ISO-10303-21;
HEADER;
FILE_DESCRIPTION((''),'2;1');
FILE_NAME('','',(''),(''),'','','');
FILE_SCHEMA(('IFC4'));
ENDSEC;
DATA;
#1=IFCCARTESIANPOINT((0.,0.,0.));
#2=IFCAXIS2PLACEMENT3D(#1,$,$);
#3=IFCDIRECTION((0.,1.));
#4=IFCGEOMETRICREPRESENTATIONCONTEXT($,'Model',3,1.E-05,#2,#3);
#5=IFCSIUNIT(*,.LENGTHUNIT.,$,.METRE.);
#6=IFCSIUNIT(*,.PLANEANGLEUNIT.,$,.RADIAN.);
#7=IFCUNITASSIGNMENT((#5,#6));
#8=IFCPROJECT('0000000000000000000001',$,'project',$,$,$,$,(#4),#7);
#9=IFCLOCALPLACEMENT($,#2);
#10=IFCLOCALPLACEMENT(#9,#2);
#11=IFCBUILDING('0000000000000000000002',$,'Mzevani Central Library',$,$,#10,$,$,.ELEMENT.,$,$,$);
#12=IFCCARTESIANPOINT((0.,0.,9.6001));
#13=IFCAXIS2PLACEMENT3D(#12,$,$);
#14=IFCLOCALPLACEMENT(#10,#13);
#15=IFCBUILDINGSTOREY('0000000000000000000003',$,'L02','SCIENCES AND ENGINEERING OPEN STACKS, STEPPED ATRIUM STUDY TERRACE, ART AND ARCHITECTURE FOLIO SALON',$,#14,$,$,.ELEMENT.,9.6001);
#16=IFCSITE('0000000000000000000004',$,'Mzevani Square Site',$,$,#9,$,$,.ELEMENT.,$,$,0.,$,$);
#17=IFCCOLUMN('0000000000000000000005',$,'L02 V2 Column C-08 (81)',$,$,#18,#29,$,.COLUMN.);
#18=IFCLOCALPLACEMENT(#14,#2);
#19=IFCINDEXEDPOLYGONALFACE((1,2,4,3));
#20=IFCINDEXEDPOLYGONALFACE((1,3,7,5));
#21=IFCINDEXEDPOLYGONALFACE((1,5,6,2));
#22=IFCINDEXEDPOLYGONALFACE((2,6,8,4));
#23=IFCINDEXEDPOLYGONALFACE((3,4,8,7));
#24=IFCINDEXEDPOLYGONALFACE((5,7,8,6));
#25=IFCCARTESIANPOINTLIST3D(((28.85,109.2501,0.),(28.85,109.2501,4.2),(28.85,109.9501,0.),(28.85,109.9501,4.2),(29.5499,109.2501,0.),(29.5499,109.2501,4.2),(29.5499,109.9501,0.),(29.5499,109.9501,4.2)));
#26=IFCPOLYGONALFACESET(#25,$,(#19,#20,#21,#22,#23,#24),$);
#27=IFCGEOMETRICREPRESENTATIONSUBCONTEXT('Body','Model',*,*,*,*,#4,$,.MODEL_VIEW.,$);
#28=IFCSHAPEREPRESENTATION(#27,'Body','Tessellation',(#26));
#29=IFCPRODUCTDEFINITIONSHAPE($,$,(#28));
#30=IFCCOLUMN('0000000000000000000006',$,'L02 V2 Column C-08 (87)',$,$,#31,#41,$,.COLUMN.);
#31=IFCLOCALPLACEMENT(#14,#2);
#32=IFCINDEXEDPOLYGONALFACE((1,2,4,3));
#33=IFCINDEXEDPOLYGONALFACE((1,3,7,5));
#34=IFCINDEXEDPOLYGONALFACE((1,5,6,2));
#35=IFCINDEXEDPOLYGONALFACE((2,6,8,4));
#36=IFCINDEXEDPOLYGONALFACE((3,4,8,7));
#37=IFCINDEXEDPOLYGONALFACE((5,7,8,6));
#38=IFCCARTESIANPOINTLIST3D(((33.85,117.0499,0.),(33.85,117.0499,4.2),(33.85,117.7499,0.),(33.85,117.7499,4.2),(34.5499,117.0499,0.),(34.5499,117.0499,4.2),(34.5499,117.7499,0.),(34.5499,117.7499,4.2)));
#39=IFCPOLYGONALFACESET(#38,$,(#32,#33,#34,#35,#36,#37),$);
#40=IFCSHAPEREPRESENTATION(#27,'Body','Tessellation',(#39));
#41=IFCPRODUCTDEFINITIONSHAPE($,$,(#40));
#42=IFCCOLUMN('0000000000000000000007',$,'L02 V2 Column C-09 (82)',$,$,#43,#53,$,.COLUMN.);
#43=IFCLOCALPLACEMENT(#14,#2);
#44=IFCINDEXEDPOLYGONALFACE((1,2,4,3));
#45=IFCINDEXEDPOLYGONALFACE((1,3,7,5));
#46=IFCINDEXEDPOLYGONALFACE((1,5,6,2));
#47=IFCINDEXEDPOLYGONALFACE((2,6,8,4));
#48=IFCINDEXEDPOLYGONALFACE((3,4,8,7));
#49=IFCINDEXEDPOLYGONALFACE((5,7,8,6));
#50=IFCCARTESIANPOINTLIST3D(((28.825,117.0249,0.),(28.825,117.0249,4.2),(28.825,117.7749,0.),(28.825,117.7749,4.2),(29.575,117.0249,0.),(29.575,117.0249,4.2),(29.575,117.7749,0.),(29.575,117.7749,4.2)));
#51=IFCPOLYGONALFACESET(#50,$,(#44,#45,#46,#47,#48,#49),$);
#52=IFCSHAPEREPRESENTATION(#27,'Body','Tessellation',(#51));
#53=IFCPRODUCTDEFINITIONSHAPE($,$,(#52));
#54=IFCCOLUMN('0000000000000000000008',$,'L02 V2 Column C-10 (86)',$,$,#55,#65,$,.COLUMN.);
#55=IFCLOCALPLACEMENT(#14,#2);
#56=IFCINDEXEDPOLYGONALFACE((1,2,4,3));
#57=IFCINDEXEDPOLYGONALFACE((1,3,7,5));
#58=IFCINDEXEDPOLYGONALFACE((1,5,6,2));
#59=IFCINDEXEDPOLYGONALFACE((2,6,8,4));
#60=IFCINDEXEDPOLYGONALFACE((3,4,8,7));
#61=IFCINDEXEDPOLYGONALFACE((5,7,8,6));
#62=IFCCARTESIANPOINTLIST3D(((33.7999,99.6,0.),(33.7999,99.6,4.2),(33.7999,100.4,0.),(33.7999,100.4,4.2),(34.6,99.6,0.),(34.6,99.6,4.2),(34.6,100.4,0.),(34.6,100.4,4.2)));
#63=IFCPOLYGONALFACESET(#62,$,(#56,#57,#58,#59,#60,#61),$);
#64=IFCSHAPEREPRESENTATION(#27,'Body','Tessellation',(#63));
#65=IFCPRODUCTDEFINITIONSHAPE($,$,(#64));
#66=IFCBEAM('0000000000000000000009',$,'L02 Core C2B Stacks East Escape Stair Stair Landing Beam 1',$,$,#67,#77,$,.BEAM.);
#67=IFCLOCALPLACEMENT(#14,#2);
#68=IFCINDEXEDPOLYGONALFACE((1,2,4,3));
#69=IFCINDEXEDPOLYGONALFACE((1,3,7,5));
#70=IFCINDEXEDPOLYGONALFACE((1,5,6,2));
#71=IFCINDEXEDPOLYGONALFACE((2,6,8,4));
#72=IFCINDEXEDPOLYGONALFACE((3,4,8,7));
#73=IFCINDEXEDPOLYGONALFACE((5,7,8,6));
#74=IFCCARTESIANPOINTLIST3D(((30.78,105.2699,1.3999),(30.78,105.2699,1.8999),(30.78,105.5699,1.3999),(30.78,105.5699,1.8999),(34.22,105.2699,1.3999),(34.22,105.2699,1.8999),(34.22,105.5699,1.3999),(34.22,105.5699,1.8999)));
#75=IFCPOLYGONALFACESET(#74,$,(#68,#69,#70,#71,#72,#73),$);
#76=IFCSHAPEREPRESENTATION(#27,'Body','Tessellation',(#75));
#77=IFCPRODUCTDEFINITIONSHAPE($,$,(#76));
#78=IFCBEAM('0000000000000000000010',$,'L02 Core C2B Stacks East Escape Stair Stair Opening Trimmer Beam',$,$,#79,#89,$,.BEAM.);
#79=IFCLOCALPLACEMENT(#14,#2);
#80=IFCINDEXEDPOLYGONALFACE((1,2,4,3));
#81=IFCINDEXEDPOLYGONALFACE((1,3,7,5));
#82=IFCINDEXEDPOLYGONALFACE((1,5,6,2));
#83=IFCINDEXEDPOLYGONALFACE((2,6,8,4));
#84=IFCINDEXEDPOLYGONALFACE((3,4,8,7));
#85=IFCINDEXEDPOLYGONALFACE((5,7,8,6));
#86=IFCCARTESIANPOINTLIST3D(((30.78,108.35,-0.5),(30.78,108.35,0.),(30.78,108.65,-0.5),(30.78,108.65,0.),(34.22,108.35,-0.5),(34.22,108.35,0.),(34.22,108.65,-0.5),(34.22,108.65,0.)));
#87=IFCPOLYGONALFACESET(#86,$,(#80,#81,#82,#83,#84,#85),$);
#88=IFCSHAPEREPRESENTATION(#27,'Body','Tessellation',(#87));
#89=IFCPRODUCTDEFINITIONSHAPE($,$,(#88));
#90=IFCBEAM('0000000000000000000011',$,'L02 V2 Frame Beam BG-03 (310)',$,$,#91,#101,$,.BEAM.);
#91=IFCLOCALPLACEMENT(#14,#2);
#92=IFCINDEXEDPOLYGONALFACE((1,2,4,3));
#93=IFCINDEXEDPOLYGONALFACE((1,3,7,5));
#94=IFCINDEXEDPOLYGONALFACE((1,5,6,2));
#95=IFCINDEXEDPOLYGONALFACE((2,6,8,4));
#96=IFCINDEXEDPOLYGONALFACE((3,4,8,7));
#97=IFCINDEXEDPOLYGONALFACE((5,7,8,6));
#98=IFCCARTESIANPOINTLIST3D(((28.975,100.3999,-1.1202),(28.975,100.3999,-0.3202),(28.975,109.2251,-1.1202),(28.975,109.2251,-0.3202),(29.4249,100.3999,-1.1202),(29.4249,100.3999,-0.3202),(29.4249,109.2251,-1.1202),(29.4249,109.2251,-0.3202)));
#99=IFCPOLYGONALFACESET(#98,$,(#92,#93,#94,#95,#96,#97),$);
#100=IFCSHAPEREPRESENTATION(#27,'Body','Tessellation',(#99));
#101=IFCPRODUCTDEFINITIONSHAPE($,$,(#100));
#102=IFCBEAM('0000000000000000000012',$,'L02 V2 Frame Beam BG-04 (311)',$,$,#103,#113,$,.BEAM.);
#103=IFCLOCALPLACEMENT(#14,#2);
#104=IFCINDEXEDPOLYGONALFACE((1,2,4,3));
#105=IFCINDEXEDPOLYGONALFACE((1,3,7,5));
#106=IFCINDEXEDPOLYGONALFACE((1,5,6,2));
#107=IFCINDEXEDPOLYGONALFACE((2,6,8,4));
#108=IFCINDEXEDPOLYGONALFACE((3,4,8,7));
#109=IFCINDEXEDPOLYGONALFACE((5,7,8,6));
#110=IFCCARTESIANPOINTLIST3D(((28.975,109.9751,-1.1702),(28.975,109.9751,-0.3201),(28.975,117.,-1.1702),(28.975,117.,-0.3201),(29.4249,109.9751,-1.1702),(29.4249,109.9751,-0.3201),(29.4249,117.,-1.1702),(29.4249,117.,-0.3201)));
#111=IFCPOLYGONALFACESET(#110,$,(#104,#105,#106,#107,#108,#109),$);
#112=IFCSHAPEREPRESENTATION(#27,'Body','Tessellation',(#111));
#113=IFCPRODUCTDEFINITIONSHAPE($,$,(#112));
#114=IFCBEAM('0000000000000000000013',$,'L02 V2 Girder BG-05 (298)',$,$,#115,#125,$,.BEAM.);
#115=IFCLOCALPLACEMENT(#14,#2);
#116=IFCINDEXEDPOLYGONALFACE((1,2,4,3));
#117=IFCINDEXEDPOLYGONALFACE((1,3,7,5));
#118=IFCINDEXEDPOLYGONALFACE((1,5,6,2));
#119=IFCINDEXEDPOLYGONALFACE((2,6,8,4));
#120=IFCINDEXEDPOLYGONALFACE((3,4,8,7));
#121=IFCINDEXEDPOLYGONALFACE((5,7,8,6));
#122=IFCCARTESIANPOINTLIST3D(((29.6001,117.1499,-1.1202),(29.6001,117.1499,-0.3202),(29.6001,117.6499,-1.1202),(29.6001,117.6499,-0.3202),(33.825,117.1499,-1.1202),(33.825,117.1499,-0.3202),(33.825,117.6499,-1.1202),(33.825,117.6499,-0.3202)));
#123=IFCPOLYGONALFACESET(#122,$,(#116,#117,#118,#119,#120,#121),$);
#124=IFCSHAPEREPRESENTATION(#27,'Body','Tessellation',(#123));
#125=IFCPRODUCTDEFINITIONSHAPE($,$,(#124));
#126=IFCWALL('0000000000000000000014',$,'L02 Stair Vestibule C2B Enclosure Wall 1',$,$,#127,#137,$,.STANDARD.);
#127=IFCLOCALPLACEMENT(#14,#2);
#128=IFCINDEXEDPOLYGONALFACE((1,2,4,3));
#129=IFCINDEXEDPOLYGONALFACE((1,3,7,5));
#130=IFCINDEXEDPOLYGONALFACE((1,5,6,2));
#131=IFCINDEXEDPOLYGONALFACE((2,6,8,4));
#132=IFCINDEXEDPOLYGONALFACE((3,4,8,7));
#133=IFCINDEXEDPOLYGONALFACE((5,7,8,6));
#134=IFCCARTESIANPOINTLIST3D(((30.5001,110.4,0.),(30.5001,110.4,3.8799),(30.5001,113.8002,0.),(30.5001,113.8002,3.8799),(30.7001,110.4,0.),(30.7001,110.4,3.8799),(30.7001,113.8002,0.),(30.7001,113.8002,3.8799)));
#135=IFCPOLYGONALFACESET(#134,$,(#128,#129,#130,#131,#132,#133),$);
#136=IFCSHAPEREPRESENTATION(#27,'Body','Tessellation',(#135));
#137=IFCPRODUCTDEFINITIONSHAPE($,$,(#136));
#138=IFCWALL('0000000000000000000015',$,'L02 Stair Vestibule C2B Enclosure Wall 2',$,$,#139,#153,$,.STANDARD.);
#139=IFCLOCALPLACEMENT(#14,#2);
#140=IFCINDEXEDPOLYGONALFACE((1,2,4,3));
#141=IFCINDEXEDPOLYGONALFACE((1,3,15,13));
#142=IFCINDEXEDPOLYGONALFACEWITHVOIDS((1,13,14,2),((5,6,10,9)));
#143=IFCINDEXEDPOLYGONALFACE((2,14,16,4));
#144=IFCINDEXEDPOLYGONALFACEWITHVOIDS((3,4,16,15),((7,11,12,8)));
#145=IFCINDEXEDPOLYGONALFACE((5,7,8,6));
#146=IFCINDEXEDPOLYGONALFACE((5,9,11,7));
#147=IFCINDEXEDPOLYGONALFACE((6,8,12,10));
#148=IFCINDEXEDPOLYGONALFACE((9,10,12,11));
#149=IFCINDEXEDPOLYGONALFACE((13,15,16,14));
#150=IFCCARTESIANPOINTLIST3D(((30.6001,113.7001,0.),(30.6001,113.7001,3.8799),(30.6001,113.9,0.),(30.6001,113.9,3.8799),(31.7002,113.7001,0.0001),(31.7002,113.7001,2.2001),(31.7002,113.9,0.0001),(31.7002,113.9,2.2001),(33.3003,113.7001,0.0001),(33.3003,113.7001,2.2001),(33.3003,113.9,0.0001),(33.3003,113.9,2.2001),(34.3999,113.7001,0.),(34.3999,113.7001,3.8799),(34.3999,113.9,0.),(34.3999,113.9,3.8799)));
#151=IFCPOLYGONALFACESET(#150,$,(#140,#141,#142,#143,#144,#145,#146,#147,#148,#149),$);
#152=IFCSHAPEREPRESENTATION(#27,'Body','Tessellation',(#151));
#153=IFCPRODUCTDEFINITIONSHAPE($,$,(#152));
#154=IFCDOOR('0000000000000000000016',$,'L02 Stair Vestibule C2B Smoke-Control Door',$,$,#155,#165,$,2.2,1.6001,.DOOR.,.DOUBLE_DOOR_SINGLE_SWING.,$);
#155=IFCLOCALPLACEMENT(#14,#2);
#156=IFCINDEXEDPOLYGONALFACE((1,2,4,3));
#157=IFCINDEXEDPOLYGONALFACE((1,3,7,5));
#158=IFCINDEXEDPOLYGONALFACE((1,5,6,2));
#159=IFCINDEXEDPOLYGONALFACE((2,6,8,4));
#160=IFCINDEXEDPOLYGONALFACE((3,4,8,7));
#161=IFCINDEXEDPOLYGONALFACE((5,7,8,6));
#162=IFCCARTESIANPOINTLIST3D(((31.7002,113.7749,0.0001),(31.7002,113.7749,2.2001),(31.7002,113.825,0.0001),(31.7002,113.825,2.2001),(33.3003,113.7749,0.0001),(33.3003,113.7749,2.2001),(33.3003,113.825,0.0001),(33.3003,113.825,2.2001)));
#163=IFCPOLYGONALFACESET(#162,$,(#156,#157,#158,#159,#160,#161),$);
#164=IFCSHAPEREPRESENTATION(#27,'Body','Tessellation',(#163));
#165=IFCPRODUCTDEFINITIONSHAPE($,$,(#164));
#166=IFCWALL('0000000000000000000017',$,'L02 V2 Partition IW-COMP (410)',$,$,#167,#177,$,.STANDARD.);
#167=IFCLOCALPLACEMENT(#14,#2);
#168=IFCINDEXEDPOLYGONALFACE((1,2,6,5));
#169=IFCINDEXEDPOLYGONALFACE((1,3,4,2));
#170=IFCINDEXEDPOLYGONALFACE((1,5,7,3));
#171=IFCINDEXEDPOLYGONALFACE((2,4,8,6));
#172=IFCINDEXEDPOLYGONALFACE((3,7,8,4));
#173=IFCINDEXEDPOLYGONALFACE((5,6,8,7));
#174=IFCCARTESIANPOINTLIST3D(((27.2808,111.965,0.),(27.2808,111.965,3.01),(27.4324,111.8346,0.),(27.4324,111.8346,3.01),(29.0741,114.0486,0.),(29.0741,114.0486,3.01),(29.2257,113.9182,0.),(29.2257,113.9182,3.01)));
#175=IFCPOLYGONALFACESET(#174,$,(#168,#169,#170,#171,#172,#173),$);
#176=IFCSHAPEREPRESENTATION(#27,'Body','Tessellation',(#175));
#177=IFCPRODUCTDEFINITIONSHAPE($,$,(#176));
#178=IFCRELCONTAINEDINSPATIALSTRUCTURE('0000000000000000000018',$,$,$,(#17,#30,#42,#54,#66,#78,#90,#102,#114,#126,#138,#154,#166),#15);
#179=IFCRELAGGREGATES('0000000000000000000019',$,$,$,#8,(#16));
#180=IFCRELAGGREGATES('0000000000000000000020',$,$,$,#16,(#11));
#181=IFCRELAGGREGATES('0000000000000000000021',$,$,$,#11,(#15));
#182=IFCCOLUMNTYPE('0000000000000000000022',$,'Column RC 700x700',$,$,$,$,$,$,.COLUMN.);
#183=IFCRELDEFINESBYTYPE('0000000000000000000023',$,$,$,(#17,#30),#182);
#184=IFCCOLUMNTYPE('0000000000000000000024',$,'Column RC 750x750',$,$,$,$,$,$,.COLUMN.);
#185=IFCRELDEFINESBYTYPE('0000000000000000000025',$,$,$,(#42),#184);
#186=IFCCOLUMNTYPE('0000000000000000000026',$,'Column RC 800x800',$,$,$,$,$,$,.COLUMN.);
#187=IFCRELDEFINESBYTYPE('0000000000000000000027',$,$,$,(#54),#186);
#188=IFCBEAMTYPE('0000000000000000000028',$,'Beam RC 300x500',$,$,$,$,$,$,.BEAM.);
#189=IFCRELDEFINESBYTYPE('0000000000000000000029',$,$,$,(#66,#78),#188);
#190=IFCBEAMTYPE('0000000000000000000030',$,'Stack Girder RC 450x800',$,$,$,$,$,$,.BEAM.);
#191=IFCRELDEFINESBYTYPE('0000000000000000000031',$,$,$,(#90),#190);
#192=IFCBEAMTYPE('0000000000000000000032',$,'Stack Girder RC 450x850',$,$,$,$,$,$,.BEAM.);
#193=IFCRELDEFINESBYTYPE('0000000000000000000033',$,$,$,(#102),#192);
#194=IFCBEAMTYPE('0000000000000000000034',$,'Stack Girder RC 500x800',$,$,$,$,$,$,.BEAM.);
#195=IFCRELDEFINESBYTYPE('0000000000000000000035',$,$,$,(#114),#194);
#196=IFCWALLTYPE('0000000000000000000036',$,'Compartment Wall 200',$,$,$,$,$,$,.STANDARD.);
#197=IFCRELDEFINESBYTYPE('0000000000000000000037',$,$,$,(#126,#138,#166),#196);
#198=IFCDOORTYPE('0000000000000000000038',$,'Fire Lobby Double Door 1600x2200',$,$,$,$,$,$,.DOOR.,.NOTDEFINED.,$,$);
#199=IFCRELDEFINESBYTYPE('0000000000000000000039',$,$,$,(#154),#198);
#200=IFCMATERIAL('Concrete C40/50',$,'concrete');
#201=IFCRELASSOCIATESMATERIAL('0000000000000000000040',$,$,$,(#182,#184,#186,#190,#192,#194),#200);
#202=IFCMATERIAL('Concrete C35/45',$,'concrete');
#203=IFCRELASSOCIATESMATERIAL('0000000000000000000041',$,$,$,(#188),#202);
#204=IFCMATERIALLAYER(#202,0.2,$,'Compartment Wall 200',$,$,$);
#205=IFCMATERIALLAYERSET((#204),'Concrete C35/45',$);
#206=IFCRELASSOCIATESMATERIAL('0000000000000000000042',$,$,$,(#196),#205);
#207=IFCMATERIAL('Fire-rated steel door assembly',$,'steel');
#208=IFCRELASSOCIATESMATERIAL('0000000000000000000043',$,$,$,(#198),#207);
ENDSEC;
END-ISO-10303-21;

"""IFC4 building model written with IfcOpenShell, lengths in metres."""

from ifc_helpers import new_model, si_unit, direction, frame, frame_2d, origin, origin_2d, place, context, subcontext, project, spatial, rectangle, extrude, material, layer, layer_set, material_profile, profile_set, type_object, element, fill, save


model = new_model("IFC4")

# Units and contexts
model_context = context("Model", 3, precision=1e-05, world=origin(), true_north=direction((0.0, 1.0)))
body_context = subcontext(model_context, "Body", "Model", "MODEL_VIEW")
ifc_project = project(units=[si_unit("LENGTHUNIT", "METRE"), si_unit("PLANEANGLEUNIT", "RADIAN")], contexts=[model_context])

# Site, building, storey
site_placement = place(None, origin())
site = spatial("IfcSite", under=ifc_project, at=site_placement, Name="Mzevani Square Site", CompositionType="ELEMENT", RefElevation=0.0)
building_placement = place(site_placement, origin())
building = spatial("IfcBuilding", under=site, at=building_placement, Name="Mzevani Central Library", CompositionType="ELEMENT")
storey_placement = place(building_placement, frame((0.0, 0.0, 9.6001)))
storey = spatial("IfcBuildingStorey", under=building, at=storey_placement, Name="L02", Description="SCIENCES AND ENGINEERING OPEN STACKS, STEPPED ATRIUM STUDY TERRACE, ART AND ARCHITECTURE FOLIO SALON", CompositionType="ELEMENT", Elevation=9.6001)

# Columns
ifc_material_1 = material(Name="Concrete C40/50", Category="concrete")
ifc_material_profile_1 = material_profile(ifc_material_1, rectangle(XDim=0.7, YDim=0.7, at=origin_2d()), Name="RC 700x700")
ifc_profile_set_1 = profile_set([ifc_material_profile_1], Name="Concrete C40/50")
column_type_1 = type_object("IfcColumnType", Name="Column RC 700x700", PredefinedType="COLUMN", material=ifc_profile_set_1)
for number, where, z_axis, x_axis, name in (
    (1, (29.2, 109.6001, 0.0), (0.0, 0.0, 1.0), (1.0, 0.0, 0.0), "L02 V2 Column C-08 (81)"),
    (2, (34.2, 117.3999, 0.0), (0.0, 0.0, 1.0), (1.0, 0.0, 0.0), "L02 V2 Column C-08 (87)"),
):
    element("IfcColumn", number, at=place(storey_placement, frame(where, z_axis=z_axis, x_axis=x_axis)), inside=storey, type_object=column_type_1, Name=name, PredefinedType="COLUMN", context=body_context, shape_type="SweptSolid", body=[
        extrude(rectangle(XDim=0.7, YDim=0.7, at=origin_2d()), origin(), (0.0, 0.0, 1.0), 4.2),
    ])
ifc_material_profile_2 = material_profile(ifc_material_1, rectangle(XDim=0.75, YDim=0.75, at=origin_2d()), Name="RC 750x750")
ifc_profile_set_2 = profile_set([ifc_material_profile_2], Name="Concrete C40/50")
column_type_2 = type_object("IfcColumnType", Name="Column RC 750x750", PredefinedType="COLUMN", material=ifc_profile_set_2)
column_1_placement = place(storey_placement, frame((29.2, 117.3999, 0.0), z_axis=(0.0, 0.0, 1.0), x_axis=(1.0, 0.0, 0.0)))
element("IfcColumn", 3, at=column_1_placement, inside=storey, type_object=column_type_2, Name="L02 V2 Column C-09 (82)", PredefinedType="COLUMN", context=body_context, shape_type="SweptSolid", body=[
    extrude(rectangle(XDim=0.75, YDim=0.75, at=origin_2d()), origin(), (0.0, 0.0, 1.0), 4.2),
])
ifc_material_profile_3 = material_profile(ifc_material_1, rectangle(XDim=0.8, YDim=0.8, at=origin_2d()), Name="RC 800x800")
ifc_profile_set_3 = profile_set([ifc_material_profile_3], Name="Concrete C40/50")
column_type_3 = type_object("IfcColumnType", Name="Column RC 800x800", PredefinedType="COLUMN", material=ifc_profile_set_3)
column_2_placement = place(storey_placement, frame((34.2, 100.0, 0.0), z_axis=(0.0, 0.0, 1.0), x_axis=(1.0, 0.0, 0.0)))
element("IfcColumn", 4, at=column_2_placement, inside=storey, type_object=column_type_3, Name="L02 V2 Column C-10 (86)", PredefinedType="COLUMN", context=body_context, shape_type="SweptSolid", body=[
    extrude(rectangle(XDim=0.8, YDim=0.8, at=origin_2d()), origin(), (0.0, 0.0, 1.0), 4.2),
])

# Beams
ifc_material_2 = material(Name="Concrete C35/45", Category="concrete")
ifc_material_profile_4 = material_profile(ifc_material_2, rectangle(XDim=0.3, YDim=0.5, at=origin_2d()), Name="RC B300x500")
ifc_profile_set_4 = profile_set([ifc_material_profile_4], Name="Concrete C35/45")
beam_type_1 = type_object("IfcBeamType", Name="Beam RC 300x500", PredefinedType="BEAM", material=ifc_profile_set_4)
for number, where, z_axis, x_axis, name in (
    (5, (30.78, 105.4199, 1.6499), (1.0, 0.0, 0.0), (0.0, 1.0, 0.0), "L02 Core C2B Stacks East Escape Stair Stair Landing Beam 1"),
    (6, (30.78, 108.5, -0.25), (1.0, 0.0, 0.0), (0.0, 1.0, 0.0), "L02 Core C2B Stacks East Escape Stair Stair Opening Trimmer Beam"),
):
    element("IfcBeam", number, at=place(storey_placement, frame(where, z_axis=z_axis, x_axis=x_axis)), inside=storey, type_object=beam_type_1, Name=name, PredefinedType="BEAM", context=body_context, shape_type="SweptSolid", body=[
        extrude(rectangle(XDim=0.3, YDim=0.5, at=origin_2d()), origin(), (0.0, 0.0, 1.0), 3.4399),
    ])
ifc_material_profile_5 = material_profile(ifc_material_1, rectangle(XDim=0.45, YDim=0.8, at=origin_2d()), Name="RC B450x800")
ifc_profile_set_5 = profile_set([ifc_material_profile_5], Name="Concrete C40/50")
beam_type_2 = type_object("IfcBeamType", Name="Stack Girder RC 450x800", PredefinedType="BEAM", material=ifc_profile_set_5)
beam_1_placement = place(storey_placement, frame((29.2, 100.3999, -0.7202), z_axis=(0.0, 1.0, 0.0), x_axis=(-1.0, 0.0, 0.0)))
element("IfcBeam", 7, at=beam_1_placement, inside=storey, type_object=beam_type_2, Name="L02 V2 Frame Beam BG-03 (310)", PredefinedType="BEAM", context=body_context, shape_type="SweptSolid", body=[
    extrude(rectangle(XDim=0.45, YDim=0.8, at=origin_2d()), origin(), (0.0, 0.0, 1.0), 8.8252),
])
ifc_material_profile_6 = material_profile(ifc_material_1, rectangle(XDim=0.45, YDim=0.8501, at=origin_2d()), Name="RC B450x850")
ifc_profile_set_6 = profile_set([ifc_material_profile_6], Name="Concrete C40/50")
beam_type_3 = type_object("IfcBeamType", Name="Stack Girder RC 450x850", PredefinedType="BEAM", material=ifc_profile_set_6)
beam_2_placement = place(storey_placement, frame((29.2, 109.9751, -0.7451), z_axis=(0.0, 1.0, 0.0), x_axis=(-1.0, 0.0, 0.0)))
element("IfcBeam", 8, at=beam_2_placement, inside=storey, type_object=beam_type_3, Name="L02 V2 Frame Beam BG-04 (311)", PredefinedType="BEAM", context=body_context, shape_type="SweptSolid", body=[
    extrude(rectangle(XDim=0.45, YDim=0.8501, at=origin_2d()), origin(), (0.0, 0.0, 1.0), 7.0249),
])
ifc_material_profile_7 = material_profile(ifc_material_1, rectangle(XDim=0.5, YDim=0.8, at=origin_2d()), Name="RC B500x800")
ifc_profile_set_7 = profile_set([ifc_material_profile_7], Name="Concrete C40/50")
beam_type_4 = type_object("IfcBeamType", Name="Stack Girder RC 500x800", PredefinedType="BEAM", material=ifc_profile_set_7)
beam_3_placement = place(storey_placement, frame((29.6001, 117.3999, -0.7202), z_axis=(1.0, 0.0, 0.0), x_axis=(0.0, 1.0, 0.0)))
element("IfcBeam", 9, at=beam_3_placement, inside=storey, type_object=beam_type_4, Name="L02 V2 Girder BG-05 (298)", PredefinedType="BEAM", context=body_context, shape_type="SweptSolid", body=[
    extrude(rectangle(XDim=0.5, YDim=0.8, at=origin_2d()), origin(), (0.0, 0.0, 1.0), 4.2249),
])

# Wall
ifc_layer_1 = layer(ifc_material_2, 0.2, Name="Compartment Wall 200")
ifc_layer_set_1 = layer_set([ifc_layer_1], Name="Concrete C35/45")
wall_type_1 = type_object("IfcWallType", Name="Compartment Wall 200", PredefinedType="STANDARD", material=ifc_layer_set_1)
wall_1_placement = place(storey_placement, frame((30.6001, 110.3999, 0.0), z_axis=(0.0, 0.0, 1.0), x_axis=(0.0, 1.0, 0.0)))
element("IfcWall", 10, at=wall_1_placement, inside=storey, type_object=wall_type_1, Name="L02 Stair Vestibule C2B Enclosure Wall 1", PredefinedType="STANDARD", context=body_context, shape_type="SweptSolid", body=[
    extrude(rectangle(XDim=3.4001, YDim=0.2, at=frame_2d((1.7002, 0.0))), origin(), (0.0, 0.0, 1.0), 3.8799),
])

# Wall, opening, door
wall_2_placement = place(storey_placement, frame((30.6001, 113.8, 0.0), z_axis=(0.0, 0.0, 1.0), x_axis=(1.0, 0.0, 0.0)))
wall_2 = element("IfcWall", 11, at=wall_2_placement, inside=storey, type_object=wall_type_1, Name="L02 Stair Vestibule C2B Enclosure Wall 2", PredefinedType="STANDARD", context=body_context, shape_type="SweptSolid", body=[
    extrude(rectangle(XDim=3.7998, YDim=0.2, at=frame_2d((1.8999, 0.0))), origin(), (0.0, 0.0, 1.0), 3.8799),
])
opening_1_placement = place(wall_2_placement, frame((1.1001, 0.0, 0.0)))
opening_1 = element("IfcOpeningElement", 12, at=opening_1_placement, cuts=wall_2, PredefinedType="OPENING", context=body_context, shape_type="SweptSolid", body=[
    extrude(rectangle(XDim=1.6001, YDim=2.2, at=frame_2d((0.8, 1.1001))), frame((0.0, 0.1099, 0.0), z_axis=(0.0, -1.0, 0.0), x_axis=(1.0, 0.0, 0.0)), (0.0, 0.0, 1.0), 0.22),
])
ifc_material_3 = material(Name="Fire-rated steel door assembly", Category="steel")
door_type_1 = type_object("IfcDoorType", Name="Fire Lobby Double Door 1600x2200", OperationType="NOTDEFINED", PredefinedType="DOOR", material=ifc_material_3)
door_1_placement = place(opening_1_placement, origin())
door_1 = element("IfcDoor", 13, at=door_1_placement, inside=storey, type_object=door_type_1, Name="L02 Stair Vestibule C2B Smoke-Control Door", OperationType="DOUBLE_DOOR_SINGLE_SWING", OverallHeight=2.2, OverallWidth=1.6001, PredefinedType="DOOR", context=body_context, shape_type="SweptSolid", body=[
    extrude(rectangle(XDim=1.6001, YDim=2.2, at=frame_2d((0.8, 1.1001))), frame((0.0, 0.0249, 0.0), z_axis=(0.0, -1.0, 0.0), x_axis=(1.0, 0.0, 0.0)), (0.0, 0.0, 1.0), 0.05),
])
fill(opening_1, door_1)

# Wall
wall_3_placement = place(storey_placement, frame((29.1499, 113.9834, 0.0), z_axis=(0.0, 0.0, 1.0), x_axis=(-0.652333, -0.757932, 0.0)))
element("IfcWall", 14, at=wall_3_placement, inside=storey, type_object=wall_type_1, Name="L02 V2 Partition IW-COMP (410)", PredefinedType="STANDARD", context=body_context, shape_type="SweptSolid", body=[
    extrude(rectangle(XDim=2.749, YDim=0.2, at=frame_2d((1.3745, 0.0))), origin(), (0.0, 0.0, 1.0), 3.01),
])

save(model, "model.ifc")
